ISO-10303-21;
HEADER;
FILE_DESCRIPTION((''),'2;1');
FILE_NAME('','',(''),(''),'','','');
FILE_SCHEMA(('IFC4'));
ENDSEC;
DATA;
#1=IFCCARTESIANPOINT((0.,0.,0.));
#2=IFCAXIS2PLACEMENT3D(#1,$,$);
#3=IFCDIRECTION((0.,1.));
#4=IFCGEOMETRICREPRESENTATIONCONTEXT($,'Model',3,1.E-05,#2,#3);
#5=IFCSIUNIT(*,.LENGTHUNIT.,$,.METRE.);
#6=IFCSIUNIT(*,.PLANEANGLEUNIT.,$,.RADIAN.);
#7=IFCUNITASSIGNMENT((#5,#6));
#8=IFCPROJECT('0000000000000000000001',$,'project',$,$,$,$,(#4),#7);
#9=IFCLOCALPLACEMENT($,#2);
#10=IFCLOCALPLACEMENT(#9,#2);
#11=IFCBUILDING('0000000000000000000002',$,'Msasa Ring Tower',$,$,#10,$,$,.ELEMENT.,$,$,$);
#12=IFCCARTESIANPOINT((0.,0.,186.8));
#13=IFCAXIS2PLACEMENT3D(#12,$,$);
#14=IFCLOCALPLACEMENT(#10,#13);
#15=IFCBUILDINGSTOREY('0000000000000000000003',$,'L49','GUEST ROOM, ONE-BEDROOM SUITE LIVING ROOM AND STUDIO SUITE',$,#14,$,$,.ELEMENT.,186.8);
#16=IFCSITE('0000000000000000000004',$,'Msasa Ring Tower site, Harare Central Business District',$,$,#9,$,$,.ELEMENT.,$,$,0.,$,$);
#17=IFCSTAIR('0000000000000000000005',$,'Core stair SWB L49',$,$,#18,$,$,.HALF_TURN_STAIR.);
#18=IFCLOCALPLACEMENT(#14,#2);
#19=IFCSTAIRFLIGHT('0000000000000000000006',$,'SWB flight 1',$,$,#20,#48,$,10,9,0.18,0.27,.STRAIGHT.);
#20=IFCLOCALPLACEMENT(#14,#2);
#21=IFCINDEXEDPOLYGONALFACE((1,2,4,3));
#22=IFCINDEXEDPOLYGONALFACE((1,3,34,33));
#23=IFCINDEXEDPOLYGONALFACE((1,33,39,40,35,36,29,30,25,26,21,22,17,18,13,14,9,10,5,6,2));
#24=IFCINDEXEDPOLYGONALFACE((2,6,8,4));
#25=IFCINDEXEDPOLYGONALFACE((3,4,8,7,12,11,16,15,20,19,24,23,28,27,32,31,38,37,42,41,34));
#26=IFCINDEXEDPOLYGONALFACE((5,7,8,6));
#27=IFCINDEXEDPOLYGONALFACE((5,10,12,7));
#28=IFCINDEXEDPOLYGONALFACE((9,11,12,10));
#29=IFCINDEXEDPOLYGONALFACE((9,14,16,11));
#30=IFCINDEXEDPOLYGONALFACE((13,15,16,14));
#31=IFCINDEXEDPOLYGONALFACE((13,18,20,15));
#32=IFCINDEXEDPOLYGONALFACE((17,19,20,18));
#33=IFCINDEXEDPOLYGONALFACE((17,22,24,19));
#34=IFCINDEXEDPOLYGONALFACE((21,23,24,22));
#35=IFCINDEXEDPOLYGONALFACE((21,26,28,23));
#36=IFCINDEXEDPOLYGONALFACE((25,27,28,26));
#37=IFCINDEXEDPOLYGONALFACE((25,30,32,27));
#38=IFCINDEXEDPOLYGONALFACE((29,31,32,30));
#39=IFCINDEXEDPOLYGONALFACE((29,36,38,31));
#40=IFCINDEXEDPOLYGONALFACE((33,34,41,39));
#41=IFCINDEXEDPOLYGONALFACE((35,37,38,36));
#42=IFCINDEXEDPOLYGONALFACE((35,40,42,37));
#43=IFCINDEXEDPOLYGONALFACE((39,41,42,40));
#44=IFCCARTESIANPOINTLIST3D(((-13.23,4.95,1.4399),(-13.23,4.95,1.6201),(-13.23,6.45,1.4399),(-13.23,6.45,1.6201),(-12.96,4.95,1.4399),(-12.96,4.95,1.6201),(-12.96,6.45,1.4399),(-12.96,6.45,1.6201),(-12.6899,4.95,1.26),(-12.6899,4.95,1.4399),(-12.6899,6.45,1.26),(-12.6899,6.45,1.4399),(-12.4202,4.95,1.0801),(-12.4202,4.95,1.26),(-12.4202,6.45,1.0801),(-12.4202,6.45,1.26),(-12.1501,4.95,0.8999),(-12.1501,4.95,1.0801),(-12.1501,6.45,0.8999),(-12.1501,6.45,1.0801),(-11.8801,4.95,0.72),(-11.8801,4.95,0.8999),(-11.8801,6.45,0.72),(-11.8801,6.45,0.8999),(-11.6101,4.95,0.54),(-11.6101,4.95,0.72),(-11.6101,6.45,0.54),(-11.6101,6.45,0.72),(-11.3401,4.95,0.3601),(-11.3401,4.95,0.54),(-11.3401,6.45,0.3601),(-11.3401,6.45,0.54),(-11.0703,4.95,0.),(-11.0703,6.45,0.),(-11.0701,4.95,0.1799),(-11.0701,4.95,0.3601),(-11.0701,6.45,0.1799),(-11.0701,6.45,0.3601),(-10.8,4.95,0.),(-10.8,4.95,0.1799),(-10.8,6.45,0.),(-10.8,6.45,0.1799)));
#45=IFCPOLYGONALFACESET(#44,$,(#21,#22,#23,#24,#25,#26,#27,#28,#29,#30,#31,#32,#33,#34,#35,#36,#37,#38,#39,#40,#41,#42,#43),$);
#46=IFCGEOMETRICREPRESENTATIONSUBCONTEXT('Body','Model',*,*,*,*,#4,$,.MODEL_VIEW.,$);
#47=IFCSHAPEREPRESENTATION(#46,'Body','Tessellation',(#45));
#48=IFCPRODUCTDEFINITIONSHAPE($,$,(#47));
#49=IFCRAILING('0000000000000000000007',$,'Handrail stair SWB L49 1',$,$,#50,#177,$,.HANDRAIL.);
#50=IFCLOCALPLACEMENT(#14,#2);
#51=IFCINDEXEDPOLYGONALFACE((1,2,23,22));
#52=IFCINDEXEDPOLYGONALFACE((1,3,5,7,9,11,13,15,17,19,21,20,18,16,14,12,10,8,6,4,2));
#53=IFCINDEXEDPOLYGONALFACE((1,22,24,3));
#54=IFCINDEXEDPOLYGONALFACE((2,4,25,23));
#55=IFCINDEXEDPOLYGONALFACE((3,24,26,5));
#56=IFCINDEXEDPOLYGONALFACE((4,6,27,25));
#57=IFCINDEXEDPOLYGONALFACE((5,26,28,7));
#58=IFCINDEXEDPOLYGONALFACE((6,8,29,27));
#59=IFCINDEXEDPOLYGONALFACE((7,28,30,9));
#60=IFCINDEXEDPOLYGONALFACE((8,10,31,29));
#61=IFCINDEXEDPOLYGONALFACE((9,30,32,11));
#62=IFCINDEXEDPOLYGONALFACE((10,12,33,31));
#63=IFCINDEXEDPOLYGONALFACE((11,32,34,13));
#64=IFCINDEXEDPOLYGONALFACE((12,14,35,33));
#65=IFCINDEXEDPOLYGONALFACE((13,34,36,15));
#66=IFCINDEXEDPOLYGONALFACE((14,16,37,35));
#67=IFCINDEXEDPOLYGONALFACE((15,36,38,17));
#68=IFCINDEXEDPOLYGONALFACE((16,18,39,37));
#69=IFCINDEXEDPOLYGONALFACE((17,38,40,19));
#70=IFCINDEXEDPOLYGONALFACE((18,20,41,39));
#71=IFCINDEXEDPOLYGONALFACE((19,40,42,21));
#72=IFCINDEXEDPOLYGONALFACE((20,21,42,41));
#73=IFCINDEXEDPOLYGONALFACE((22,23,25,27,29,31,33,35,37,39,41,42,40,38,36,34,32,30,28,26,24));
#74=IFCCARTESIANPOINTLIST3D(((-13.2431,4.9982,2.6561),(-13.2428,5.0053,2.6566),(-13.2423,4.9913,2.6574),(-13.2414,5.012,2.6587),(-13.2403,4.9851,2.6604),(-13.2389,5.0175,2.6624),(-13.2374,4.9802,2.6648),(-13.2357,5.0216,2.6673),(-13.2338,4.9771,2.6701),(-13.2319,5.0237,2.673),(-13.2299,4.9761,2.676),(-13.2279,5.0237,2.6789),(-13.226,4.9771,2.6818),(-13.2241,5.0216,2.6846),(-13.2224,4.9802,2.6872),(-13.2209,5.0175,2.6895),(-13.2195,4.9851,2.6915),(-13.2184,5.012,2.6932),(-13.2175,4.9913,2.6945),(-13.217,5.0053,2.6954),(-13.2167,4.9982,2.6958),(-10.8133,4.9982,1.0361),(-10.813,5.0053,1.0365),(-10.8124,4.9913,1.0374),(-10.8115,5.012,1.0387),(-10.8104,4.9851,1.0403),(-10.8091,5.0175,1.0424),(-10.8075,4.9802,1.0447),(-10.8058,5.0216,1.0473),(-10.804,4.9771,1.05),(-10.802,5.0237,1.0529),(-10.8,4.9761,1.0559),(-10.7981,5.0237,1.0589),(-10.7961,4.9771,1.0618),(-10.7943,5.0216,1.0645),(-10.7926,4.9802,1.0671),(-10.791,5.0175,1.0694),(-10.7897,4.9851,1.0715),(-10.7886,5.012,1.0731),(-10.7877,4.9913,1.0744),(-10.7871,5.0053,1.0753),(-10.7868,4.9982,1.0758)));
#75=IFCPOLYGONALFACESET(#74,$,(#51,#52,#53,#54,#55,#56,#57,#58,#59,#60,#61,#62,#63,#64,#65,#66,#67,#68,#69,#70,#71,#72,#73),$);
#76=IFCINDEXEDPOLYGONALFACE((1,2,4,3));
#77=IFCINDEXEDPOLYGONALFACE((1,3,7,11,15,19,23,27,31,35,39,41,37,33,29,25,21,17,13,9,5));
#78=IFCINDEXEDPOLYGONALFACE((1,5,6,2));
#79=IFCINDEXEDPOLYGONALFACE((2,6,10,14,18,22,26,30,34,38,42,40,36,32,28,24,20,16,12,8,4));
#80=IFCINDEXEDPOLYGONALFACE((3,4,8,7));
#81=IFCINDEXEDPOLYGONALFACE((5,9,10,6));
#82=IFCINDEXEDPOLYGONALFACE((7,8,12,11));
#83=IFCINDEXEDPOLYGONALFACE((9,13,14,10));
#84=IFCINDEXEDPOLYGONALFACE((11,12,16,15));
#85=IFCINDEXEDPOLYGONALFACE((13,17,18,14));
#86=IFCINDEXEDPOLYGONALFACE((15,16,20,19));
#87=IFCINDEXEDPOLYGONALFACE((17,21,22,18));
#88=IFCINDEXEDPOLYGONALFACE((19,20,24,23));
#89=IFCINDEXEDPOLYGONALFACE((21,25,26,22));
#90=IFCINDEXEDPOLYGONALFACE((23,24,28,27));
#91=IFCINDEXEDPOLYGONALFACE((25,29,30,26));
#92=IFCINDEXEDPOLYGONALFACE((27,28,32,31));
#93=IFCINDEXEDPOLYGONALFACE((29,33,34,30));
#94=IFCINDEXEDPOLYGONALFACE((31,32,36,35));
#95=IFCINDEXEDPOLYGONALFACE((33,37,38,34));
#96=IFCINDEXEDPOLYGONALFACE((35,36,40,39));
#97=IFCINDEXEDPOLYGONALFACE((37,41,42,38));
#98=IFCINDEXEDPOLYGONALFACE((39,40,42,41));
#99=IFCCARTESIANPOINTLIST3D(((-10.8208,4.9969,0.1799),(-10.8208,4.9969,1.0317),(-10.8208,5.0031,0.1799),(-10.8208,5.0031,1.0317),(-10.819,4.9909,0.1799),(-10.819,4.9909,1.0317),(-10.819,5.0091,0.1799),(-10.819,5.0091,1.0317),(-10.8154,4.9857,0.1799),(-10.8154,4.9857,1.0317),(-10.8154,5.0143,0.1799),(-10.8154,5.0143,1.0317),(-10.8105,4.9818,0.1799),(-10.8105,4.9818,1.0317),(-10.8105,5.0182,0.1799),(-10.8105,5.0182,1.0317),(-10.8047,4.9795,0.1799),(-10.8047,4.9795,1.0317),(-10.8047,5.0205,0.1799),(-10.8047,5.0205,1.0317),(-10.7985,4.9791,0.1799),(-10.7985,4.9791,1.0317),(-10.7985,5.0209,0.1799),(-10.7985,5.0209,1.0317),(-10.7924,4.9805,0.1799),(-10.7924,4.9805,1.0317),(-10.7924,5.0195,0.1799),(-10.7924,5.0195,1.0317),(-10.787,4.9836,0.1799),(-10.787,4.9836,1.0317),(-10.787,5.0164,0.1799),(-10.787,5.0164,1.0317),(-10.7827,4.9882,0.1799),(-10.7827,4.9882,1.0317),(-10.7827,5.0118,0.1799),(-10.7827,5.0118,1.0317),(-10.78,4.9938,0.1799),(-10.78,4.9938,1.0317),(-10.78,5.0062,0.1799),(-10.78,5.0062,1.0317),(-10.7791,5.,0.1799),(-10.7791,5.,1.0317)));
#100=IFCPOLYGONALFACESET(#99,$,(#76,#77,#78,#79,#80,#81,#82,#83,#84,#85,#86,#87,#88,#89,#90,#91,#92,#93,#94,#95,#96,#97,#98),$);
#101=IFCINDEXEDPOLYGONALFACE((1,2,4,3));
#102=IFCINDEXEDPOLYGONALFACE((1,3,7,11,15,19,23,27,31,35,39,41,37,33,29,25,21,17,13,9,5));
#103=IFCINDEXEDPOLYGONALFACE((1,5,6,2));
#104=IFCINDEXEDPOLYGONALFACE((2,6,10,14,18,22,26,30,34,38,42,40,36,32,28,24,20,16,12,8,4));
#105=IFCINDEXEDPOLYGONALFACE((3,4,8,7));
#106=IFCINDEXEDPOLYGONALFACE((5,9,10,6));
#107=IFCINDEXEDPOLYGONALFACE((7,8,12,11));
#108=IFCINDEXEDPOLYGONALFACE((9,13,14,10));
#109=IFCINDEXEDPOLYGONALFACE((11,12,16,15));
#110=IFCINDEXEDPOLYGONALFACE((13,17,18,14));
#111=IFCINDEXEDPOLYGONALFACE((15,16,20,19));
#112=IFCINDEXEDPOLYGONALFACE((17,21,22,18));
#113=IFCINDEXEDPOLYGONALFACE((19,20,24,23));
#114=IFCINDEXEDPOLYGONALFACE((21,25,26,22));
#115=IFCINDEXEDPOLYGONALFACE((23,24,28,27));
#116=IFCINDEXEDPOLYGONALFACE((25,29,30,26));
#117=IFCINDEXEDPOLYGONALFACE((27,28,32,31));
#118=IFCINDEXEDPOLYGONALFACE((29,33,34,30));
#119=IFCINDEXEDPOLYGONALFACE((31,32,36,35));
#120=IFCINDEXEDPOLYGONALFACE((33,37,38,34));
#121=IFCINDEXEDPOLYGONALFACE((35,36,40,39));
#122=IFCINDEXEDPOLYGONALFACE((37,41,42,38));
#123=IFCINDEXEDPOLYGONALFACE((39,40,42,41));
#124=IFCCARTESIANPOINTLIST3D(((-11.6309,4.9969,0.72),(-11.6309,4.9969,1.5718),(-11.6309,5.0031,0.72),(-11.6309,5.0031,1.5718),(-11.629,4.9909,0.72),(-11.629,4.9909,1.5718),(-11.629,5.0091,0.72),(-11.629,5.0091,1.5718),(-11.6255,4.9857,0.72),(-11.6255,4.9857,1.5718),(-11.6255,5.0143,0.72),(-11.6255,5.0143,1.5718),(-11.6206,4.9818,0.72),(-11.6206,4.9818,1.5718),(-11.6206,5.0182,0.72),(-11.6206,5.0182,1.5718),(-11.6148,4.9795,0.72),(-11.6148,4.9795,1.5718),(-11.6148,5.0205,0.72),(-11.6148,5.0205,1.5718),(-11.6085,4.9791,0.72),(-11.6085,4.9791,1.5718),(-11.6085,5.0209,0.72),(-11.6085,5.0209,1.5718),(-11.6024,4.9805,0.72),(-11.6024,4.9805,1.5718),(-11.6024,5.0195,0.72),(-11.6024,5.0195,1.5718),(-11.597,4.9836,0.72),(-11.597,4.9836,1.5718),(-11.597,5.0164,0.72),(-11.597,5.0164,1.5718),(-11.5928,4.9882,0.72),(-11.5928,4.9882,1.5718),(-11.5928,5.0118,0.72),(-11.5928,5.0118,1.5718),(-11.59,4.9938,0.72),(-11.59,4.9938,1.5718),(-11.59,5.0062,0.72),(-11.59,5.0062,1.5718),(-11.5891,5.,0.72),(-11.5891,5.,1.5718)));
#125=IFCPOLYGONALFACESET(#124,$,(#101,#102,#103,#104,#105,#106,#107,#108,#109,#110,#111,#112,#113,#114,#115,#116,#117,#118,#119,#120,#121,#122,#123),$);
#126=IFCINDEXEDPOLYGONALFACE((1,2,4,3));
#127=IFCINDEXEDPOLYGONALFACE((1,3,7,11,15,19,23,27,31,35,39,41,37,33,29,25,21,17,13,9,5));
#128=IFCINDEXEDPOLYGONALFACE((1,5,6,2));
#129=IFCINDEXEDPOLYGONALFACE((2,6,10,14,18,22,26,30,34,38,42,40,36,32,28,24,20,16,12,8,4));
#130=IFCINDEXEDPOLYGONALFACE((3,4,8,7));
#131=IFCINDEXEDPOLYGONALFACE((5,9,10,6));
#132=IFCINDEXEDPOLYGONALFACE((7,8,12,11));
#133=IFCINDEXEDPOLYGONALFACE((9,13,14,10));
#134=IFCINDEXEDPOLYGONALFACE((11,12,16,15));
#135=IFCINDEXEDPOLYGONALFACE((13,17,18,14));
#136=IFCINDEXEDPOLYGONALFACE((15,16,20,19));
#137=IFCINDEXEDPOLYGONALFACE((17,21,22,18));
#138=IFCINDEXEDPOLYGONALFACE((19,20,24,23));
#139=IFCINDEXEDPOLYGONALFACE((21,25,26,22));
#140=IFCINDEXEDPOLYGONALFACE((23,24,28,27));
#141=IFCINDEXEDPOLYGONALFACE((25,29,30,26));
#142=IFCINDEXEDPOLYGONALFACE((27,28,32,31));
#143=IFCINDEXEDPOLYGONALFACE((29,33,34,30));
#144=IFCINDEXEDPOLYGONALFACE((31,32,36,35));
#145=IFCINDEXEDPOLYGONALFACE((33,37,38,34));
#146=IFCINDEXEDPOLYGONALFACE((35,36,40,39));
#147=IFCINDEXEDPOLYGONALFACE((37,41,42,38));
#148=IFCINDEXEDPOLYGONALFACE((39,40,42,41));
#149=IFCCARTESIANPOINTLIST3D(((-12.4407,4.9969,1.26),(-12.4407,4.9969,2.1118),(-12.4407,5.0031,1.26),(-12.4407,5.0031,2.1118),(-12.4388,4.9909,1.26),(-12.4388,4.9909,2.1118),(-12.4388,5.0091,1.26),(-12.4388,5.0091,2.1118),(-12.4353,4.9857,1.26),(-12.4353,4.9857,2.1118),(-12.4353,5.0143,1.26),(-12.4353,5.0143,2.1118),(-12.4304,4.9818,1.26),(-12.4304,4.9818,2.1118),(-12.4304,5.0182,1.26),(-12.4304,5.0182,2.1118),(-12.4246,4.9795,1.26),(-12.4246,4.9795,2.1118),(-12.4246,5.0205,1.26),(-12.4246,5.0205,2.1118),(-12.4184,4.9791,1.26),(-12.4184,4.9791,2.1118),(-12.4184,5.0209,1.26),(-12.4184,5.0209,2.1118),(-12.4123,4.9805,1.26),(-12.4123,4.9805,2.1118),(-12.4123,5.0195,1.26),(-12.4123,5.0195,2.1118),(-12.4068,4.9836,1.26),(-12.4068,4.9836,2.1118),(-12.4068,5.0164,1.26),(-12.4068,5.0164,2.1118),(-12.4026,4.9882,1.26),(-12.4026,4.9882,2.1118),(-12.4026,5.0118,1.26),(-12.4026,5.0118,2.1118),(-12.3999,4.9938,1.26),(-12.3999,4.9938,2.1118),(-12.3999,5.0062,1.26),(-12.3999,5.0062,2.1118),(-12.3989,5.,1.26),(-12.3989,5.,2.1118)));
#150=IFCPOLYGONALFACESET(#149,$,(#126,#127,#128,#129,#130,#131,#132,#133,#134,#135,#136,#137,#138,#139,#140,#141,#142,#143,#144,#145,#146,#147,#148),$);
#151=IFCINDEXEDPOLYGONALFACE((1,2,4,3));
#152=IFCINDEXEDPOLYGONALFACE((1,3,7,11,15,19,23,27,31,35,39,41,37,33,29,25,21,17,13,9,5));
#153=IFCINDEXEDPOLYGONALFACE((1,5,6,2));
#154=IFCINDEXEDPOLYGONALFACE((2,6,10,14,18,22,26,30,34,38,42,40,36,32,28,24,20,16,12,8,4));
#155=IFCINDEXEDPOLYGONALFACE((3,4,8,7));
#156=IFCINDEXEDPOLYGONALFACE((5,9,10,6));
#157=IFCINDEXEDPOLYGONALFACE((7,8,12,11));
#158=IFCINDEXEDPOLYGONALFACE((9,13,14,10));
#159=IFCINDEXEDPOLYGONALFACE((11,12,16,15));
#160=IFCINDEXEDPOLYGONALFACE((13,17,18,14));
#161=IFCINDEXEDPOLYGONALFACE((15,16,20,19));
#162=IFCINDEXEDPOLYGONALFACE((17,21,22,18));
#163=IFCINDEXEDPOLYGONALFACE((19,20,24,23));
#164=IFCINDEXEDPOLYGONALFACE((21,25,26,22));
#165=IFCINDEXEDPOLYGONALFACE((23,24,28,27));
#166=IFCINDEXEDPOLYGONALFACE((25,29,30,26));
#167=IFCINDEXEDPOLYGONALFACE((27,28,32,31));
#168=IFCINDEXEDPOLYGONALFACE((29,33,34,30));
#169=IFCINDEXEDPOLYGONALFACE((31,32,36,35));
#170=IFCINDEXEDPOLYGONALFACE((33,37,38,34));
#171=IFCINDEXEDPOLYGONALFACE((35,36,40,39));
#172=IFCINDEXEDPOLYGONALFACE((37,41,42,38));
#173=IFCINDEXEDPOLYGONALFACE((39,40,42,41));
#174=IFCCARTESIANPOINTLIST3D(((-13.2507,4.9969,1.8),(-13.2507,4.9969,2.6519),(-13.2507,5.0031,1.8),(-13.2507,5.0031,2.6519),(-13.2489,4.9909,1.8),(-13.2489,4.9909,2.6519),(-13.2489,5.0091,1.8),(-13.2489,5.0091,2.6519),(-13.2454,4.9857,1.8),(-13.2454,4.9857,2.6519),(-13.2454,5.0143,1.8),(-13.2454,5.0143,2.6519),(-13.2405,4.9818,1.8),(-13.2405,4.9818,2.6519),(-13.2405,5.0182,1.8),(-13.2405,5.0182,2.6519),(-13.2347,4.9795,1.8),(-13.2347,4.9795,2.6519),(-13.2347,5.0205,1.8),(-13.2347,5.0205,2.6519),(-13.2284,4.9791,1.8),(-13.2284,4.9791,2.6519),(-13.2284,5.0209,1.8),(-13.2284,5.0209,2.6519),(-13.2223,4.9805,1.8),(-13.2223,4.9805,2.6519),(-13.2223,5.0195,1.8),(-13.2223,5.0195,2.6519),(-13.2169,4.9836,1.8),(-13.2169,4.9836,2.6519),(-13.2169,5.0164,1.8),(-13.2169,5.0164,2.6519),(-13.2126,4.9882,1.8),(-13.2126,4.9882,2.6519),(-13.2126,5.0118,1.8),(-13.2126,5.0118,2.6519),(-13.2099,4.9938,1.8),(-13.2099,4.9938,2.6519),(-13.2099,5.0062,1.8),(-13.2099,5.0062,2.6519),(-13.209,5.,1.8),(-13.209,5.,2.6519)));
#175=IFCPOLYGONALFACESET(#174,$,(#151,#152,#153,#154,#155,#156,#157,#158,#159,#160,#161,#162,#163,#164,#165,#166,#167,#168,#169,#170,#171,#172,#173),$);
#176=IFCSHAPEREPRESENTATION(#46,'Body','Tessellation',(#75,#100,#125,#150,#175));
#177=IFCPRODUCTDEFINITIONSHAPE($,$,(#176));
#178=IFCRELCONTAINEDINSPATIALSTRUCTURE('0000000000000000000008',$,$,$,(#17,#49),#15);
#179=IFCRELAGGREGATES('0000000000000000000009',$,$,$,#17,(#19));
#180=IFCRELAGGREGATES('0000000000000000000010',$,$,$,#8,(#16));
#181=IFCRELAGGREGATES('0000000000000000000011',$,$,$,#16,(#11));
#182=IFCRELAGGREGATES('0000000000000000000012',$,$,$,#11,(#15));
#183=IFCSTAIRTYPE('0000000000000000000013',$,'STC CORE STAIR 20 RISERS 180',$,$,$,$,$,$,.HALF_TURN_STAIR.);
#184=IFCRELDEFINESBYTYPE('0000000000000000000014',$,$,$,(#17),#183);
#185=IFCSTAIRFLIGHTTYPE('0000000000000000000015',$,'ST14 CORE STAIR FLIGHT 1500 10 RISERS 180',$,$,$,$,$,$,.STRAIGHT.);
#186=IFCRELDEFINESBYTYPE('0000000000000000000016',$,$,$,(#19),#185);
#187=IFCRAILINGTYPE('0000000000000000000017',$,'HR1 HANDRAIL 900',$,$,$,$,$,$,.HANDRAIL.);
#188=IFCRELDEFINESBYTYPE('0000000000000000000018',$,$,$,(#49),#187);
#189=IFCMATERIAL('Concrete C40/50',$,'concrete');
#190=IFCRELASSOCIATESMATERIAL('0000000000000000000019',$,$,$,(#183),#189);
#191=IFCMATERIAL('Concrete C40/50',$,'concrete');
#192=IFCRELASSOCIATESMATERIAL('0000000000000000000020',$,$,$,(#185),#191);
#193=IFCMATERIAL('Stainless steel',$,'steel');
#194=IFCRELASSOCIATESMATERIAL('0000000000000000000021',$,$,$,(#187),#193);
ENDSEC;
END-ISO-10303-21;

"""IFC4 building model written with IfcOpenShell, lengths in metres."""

from ifc_helpers import new_model, si_unit, direction, frame, origin, origin_2d, place, context, subcontext, project, spatial, polyline, circle, outline, extrude, material, type_object, element, aggregate, save


model = new_model("IFC4")

# Units and contexts
model_context = context("Model", 3, precision=1e-05, world=origin(), true_north=direction((0.0, 1.0)))
body_context = subcontext(model_context, "Body", "Model", "MODEL_VIEW")
ifc_project = project(units=[si_unit("LENGTHUNIT", "METRE"), si_unit("PLANEANGLEUNIT", "RADIAN")], contexts=[model_context])

# Site, building, storey
site_placement = place(None, origin())
site = spatial("IfcSite", under=ifc_project, at=site_placement, Name="Msasa Ring Tower site, Harare Central Business District", CompositionType="ELEMENT", RefElevation=0.0)
building_placement = place(site_placement, origin())
building = spatial("IfcBuilding", under=site, at=building_placement, Name="Msasa Ring Tower", CompositionType="ELEMENT")
storey_placement = place(building_placement, frame((0.0, 0.0, 186.8)))
storey = spatial("IfcBuildingStorey", under=building, at=storey_placement, Name="L49", Description="GUEST ROOM, ONE-BEDROOM SUITE LIVING ROOM AND STUDIO SUITE", CompositionType="ELEMENT", Elevation=186.8)

# Shared definitions
ifc_material_1 = material(Name="Concrete C40/50", Category="concrete")
stair_type = type_object("IfcStairType", Name="STC CORE STAIR 20 RISERS 180", PredefinedType="HALF_TURN_STAIR", material=ifc_material_1)

# Stair, stair flight
stair_1_placement = place(storey_placement, origin())
stair_1 = element("IfcStair", 1, at=stair_1_placement, inside=storey, type_object=stair_type, Name="Core stair SWB L49", PredefinedType="HALF_TURN_STAIR")
ifc_material_2 = material(Name="Concrete C40/50", Category="concrete")
stair_flight_type = type_object("IfcStairFlightType", Name="ST14 CORE STAIR FLIGHT 1500 10 RISERS 180", PredefinedType="STRAIGHT", material=ifc_material_2)
stair_flight_placement = place(storey_placement, frame((-10.8, 5.7, 0.0), z_axis=(0.0, 0.0, 1.0), x_axis=(-1.0, 0.0, 0.0)))
stair_flight = element("IfcStairFlight", 2, at=stair_flight_placement, type_object=stair_flight_type, Name="SWB flight 1", NumberOfRisers=10, NumberOfTreads=9, PredefinedType="STRAIGHT", RiserHeight=0.18, TreadLength=0.27, context=body_context, shape_type="SweptSolid", body=[
    extrude(outline(polyline([(0.0, 0.0), (0.0, 0.1799), (0.27, 0.1799), (0.27, 0.3601), (0.54, 0.3601), (0.54, 0.54), (0.8101, 0.54), (0.8101, 0.72), (1.0801, 0.72), (1.0801, 0.8999), (1.3501, 0.8999), (1.3501, 1.0801), (1.6201, 1.0801), (1.6201, 1.26), (1.8899, 1.26), (1.8899, 1.4399), (2.1599, 1.4399), (2.1599, 1.6201), (2.4299, 1.6201), (2.4299, 1.8), (2.4299, 1.4399), (0.2703, 0.0), (0.0, 0.0)])), frame((0.0, 0.75, 0.0), z_axis=(0.0, -1.0, 0.0), x_axis=(1.0, 0.0, 0.0)), (0.0, 0.0, 1.0), 1.5),
])
aggregate(stair_1, [stair_flight])

# Railing
ifc_material_3 = material(Name="Stainless steel", Category="steel")
railing_type = type_object("IfcRailingType", Name="HR1 HANDRAIL 900", PredefinedType="HANDRAIL", material=ifc_material_3)
for number, where, name in (
    (3, (-10.8, 5.0, 0.1799), "Handrail stair SWB L49 1"),
):
    element("IfcRailing", number, at=place(storey_placement, frame(where)), inside=storey, type_object=railing_type, Name=name, PredefinedType="HANDRAIL", context=body_context, shape_type="SweptSolid", body=[
        extrude(circle(Radius=0.0239, at=origin_2d()), frame((0.0, 0.0, 0.876), z_axis=(-0.832025, 0.0, 0.554739), x_axis=(0.0, -1.0, 0.0)), (0.0, 0.0, 1.0), 2.9204),
        extrude(circle(Radius=0.021, at=origin_2d()), origin(), (0.0, 0.0, 1.0), 0.8518),
        extrude(circle(Radius=0.021, at=origin_2d()), frame((-0.8101, 0.0, 0.54)), (0.0, 0.0, 1.0), 0.8518),
        extrude(circle(Radius=0.021, at=origin_2d()), frame((-1.6199, 0.0, 1.0801)), (0.0, 0.0, 1.0), 0.8518),
        extrude(circle(Radius=0.021, at=origin_2d()), frame((-2.4299, 0.0, 1.6201)), (0.0, 0.0, 1.0), 0.8518),
    ])

save(model, "model.ifc")
